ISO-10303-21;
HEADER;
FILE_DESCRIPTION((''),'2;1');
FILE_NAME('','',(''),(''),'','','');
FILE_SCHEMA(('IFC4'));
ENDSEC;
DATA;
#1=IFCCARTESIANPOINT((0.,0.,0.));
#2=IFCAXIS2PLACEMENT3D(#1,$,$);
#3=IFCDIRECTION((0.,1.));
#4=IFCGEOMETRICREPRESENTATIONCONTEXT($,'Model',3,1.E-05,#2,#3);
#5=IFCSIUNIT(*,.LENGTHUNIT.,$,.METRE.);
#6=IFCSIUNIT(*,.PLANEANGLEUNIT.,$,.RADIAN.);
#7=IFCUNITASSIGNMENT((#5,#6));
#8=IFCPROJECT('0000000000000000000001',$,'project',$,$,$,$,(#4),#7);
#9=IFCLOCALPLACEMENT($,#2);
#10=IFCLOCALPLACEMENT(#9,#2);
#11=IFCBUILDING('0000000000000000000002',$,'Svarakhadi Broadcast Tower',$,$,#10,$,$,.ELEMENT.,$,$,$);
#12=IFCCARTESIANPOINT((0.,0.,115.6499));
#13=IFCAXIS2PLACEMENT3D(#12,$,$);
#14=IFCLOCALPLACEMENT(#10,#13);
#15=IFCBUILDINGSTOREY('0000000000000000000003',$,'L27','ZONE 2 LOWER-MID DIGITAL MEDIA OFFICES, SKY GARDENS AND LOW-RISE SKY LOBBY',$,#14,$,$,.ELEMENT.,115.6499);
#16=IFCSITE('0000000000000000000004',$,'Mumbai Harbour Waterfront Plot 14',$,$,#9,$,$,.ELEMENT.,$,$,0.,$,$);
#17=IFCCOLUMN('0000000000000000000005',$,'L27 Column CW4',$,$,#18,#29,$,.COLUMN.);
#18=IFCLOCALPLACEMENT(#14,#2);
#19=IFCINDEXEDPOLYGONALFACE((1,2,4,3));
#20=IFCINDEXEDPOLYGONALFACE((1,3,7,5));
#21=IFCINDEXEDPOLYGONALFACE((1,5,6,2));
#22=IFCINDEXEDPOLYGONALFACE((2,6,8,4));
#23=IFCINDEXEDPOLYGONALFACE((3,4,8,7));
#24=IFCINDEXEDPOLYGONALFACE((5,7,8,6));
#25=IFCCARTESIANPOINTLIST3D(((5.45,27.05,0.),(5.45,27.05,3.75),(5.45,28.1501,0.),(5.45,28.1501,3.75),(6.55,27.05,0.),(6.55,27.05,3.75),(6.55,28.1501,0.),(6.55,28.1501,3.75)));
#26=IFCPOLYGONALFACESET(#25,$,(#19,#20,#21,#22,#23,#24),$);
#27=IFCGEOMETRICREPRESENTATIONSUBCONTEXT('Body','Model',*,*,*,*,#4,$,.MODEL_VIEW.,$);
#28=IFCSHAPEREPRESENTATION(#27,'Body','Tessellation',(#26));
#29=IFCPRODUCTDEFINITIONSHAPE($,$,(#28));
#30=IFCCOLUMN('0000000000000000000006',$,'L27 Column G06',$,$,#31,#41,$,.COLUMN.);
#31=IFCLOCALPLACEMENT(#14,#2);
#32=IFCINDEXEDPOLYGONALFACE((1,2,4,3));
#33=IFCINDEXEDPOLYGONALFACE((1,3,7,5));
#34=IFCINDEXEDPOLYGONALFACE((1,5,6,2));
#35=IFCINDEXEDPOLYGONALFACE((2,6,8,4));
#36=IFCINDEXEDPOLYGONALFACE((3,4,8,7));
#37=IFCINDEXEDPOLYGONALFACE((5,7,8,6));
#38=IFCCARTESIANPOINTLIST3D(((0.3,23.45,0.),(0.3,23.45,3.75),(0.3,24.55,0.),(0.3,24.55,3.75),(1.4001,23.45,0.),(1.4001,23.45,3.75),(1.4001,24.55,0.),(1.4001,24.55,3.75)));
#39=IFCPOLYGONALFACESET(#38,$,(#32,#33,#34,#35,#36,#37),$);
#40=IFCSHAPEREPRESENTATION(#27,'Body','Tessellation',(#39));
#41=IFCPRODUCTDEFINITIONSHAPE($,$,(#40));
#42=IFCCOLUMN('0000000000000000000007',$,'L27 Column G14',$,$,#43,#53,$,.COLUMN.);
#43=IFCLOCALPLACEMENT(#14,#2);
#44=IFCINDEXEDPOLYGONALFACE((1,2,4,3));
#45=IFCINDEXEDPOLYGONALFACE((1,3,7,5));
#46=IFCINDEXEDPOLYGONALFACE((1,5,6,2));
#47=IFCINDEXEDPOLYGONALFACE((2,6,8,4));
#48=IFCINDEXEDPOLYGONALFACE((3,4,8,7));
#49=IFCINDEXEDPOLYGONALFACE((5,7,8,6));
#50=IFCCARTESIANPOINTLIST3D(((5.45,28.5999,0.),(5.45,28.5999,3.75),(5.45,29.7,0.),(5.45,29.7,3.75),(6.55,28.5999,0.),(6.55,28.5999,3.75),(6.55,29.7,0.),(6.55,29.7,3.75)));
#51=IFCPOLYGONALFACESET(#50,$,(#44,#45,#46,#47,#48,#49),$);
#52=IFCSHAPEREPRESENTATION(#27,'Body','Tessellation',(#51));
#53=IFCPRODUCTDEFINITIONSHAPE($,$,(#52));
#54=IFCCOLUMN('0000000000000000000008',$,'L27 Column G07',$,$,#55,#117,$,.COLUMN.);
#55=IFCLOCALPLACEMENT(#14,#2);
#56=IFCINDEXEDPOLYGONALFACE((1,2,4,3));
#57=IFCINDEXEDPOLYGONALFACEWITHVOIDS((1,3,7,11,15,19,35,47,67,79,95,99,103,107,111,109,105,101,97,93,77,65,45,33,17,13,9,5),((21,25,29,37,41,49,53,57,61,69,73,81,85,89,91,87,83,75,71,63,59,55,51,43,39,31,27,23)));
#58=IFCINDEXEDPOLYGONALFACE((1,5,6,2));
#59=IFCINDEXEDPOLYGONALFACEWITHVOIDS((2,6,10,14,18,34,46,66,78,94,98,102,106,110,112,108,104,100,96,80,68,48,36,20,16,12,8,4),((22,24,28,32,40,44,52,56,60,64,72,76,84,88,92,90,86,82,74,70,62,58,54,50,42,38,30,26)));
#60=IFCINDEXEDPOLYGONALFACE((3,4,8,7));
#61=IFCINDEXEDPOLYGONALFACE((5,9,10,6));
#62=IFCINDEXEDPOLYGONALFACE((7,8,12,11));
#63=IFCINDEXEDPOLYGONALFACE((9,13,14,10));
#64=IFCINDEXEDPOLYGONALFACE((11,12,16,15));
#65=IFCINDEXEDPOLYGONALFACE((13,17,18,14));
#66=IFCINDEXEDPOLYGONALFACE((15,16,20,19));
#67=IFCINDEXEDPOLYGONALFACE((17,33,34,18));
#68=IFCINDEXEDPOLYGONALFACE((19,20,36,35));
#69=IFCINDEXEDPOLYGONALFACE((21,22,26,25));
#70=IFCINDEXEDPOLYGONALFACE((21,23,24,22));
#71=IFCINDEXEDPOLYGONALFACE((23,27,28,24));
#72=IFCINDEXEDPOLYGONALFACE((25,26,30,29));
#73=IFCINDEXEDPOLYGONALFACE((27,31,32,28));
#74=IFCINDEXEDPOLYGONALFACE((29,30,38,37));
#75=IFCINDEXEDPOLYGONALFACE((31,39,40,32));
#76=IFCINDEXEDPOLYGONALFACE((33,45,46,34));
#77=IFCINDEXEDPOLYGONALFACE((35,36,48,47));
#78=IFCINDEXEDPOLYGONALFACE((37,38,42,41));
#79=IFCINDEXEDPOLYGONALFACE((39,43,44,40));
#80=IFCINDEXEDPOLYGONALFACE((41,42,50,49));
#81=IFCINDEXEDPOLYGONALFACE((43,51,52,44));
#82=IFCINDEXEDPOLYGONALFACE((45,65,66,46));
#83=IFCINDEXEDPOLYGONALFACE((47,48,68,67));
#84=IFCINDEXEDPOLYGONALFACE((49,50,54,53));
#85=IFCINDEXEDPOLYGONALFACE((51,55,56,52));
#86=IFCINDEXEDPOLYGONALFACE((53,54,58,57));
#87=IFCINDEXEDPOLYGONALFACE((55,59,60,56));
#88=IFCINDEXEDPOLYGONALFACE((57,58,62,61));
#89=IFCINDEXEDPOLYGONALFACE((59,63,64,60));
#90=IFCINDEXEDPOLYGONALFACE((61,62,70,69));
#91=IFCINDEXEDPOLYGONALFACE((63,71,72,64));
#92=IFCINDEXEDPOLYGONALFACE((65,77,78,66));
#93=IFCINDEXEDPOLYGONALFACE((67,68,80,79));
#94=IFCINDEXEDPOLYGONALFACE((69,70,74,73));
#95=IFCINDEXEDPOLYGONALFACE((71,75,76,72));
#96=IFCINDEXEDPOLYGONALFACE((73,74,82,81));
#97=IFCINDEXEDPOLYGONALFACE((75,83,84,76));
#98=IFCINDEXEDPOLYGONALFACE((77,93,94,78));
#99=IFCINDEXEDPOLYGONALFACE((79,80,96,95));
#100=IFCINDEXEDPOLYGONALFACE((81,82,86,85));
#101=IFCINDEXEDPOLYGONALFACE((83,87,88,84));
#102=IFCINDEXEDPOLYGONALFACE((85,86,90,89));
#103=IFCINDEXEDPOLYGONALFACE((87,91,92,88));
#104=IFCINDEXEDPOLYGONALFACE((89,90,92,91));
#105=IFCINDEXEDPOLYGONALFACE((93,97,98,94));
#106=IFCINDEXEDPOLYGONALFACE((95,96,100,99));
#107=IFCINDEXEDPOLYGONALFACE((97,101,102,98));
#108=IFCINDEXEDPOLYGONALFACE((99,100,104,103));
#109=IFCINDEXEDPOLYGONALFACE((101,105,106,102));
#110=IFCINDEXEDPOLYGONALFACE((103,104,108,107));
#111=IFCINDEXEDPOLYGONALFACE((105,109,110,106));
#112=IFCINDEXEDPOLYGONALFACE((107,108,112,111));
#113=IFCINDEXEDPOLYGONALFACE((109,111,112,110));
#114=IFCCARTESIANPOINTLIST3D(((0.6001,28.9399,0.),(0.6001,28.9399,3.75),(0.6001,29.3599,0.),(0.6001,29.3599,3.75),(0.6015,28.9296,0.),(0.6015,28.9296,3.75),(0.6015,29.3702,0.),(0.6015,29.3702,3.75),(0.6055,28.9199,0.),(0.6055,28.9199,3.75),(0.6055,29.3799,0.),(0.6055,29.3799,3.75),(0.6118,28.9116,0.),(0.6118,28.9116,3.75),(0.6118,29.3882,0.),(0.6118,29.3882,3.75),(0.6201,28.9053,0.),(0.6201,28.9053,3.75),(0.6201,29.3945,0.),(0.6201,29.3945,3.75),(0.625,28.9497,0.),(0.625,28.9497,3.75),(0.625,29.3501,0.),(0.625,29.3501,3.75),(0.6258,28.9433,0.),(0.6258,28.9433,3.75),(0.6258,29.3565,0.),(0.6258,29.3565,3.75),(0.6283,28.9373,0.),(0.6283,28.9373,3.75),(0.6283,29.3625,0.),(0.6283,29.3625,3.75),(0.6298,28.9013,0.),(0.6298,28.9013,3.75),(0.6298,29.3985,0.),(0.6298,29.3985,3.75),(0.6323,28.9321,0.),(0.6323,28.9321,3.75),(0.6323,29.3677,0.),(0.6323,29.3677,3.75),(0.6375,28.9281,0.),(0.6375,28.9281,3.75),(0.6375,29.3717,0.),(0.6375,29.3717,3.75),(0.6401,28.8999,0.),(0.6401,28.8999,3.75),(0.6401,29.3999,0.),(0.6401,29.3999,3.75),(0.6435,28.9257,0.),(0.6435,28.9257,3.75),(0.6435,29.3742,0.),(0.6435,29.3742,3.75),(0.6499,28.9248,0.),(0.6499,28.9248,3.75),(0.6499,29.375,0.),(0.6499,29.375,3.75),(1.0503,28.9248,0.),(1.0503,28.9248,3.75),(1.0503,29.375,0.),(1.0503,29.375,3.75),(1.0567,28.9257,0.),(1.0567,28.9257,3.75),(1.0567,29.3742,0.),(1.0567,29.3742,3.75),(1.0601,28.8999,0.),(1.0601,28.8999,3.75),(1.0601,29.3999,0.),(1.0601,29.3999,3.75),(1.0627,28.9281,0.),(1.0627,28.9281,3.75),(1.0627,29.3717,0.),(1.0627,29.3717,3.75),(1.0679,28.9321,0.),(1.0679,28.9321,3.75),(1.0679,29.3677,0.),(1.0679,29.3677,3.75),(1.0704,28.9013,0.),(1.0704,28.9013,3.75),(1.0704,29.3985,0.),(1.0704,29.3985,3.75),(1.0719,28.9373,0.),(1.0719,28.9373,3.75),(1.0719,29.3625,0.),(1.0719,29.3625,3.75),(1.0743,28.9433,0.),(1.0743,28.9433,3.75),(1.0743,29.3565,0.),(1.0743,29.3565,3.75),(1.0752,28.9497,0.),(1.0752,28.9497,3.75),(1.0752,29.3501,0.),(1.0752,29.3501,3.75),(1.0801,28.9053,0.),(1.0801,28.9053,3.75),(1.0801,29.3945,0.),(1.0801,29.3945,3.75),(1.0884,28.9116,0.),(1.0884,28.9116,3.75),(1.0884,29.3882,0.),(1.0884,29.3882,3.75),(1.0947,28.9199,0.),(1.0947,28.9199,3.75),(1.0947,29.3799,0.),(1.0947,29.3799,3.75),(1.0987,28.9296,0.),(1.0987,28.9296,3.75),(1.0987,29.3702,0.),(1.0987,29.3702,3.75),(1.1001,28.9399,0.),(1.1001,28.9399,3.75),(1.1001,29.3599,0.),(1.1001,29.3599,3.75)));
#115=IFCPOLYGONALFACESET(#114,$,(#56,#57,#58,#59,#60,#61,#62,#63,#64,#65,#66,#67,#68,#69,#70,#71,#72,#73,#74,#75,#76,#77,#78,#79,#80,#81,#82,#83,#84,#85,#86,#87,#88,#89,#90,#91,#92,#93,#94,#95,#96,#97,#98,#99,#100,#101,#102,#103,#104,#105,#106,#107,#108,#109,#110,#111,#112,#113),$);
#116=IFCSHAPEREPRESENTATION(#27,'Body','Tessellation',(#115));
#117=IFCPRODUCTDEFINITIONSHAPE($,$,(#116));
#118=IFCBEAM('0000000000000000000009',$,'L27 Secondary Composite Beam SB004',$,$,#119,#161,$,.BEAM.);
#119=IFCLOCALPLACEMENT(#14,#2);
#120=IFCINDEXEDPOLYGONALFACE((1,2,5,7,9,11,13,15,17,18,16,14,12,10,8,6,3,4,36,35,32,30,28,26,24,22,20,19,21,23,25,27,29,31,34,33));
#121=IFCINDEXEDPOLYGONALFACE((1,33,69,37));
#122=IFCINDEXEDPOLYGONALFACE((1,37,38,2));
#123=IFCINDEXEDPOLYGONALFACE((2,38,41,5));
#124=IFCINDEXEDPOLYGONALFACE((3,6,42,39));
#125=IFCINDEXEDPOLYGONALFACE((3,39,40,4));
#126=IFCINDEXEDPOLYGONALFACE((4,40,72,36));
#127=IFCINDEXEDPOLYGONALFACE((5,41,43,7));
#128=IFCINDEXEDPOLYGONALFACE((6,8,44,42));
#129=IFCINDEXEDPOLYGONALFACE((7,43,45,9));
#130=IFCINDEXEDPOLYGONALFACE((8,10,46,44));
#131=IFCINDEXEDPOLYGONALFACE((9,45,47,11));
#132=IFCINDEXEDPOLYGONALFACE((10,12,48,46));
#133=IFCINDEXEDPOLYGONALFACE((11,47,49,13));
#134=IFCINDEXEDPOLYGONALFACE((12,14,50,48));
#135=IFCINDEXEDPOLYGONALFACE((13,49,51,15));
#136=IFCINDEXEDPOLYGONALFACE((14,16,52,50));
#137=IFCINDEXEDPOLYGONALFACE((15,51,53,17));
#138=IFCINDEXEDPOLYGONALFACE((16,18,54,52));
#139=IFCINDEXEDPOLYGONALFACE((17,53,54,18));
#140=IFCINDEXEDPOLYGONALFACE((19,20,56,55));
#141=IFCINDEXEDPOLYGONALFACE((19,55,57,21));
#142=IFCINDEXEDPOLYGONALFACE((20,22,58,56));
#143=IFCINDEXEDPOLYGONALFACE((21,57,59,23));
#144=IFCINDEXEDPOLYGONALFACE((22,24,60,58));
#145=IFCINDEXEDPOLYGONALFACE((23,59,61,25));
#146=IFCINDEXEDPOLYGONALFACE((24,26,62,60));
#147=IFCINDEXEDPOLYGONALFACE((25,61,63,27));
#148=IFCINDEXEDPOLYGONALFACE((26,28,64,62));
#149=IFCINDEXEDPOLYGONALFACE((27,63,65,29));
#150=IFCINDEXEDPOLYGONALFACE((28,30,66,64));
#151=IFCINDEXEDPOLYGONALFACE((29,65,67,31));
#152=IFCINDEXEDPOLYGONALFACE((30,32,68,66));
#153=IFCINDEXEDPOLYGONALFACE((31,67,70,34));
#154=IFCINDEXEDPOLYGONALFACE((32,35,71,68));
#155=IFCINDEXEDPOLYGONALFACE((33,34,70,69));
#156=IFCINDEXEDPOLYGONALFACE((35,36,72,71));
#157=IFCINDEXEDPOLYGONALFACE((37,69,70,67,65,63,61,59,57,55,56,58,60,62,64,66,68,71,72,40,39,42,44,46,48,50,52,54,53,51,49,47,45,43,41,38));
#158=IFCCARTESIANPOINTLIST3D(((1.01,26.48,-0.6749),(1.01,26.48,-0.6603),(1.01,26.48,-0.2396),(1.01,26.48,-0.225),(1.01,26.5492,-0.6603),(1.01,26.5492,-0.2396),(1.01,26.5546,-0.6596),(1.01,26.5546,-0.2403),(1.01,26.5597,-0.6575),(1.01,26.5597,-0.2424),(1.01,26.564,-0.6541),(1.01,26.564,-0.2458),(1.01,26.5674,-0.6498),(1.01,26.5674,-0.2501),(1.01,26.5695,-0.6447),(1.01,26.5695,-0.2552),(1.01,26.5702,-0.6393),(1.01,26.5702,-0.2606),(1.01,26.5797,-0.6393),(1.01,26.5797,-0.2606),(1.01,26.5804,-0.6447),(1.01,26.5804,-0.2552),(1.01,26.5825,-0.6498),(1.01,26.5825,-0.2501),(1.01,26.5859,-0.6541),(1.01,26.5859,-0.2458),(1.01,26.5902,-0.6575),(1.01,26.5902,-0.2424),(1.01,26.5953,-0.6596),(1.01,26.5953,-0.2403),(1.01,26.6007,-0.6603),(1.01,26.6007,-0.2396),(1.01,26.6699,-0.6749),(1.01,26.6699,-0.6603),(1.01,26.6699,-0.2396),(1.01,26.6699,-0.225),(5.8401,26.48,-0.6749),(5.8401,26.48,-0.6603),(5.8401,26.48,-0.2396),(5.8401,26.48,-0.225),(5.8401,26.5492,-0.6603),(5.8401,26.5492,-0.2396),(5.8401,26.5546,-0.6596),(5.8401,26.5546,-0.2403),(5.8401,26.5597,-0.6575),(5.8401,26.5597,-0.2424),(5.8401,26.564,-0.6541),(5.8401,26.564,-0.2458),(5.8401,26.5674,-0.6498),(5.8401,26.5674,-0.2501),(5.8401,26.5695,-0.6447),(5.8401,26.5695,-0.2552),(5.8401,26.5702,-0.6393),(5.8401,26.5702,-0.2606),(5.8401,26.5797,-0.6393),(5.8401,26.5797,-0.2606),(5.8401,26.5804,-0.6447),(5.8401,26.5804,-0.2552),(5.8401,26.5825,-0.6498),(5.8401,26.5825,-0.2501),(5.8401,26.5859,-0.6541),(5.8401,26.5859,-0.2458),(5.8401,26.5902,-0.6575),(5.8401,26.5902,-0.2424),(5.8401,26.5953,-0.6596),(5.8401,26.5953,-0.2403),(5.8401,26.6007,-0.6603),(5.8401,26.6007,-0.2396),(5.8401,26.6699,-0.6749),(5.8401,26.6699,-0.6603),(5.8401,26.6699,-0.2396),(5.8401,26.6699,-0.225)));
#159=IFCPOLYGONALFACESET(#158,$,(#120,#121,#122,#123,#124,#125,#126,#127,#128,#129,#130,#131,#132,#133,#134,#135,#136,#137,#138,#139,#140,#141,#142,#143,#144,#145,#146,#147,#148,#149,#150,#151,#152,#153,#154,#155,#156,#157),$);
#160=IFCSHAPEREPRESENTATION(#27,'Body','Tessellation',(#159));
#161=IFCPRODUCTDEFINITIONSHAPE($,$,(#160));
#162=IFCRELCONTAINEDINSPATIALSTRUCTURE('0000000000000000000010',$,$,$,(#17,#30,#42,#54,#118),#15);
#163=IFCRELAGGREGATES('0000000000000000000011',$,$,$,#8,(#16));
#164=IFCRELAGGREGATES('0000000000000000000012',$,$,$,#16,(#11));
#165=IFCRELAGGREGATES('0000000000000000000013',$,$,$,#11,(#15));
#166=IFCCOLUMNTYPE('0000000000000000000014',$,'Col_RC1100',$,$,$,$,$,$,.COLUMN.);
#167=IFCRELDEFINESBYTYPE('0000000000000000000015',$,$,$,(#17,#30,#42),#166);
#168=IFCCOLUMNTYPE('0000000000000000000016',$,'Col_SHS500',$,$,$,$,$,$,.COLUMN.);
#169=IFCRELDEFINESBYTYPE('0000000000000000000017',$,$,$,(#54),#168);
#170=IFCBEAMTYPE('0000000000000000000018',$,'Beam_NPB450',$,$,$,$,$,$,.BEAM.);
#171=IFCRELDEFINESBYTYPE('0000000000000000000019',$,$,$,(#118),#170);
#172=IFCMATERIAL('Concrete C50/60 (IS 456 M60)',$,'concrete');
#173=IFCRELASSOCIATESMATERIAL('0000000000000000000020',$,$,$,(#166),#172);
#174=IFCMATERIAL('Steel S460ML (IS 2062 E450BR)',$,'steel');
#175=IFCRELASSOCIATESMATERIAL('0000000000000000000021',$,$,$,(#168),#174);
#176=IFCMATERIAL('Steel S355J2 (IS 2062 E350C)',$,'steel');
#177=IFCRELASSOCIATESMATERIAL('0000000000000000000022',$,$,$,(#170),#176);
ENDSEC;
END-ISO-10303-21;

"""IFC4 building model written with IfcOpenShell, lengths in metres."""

from ifc_helpers import new_model, si_unit, direction, frame, origin, origin_2d, place, context, subcontext, project, spatial, rectangle, hollow_rectangle, i_section, extrude, material, material_profile, profile_set, type_object, element, save


model = new_model("IFC4")

# Units and contexts
model_context = context("Model", 3, precision=1e-05, world=origin(), true_north=direction((0.0, 1.0)))
body_context = subcontext(model_context, "Body", "Model", "MODEL_VIEW")
ifc_project = project(units=[si_unit("LENGTHUNIT", "METRE"), si_unit("PLANEANGLEUNIT", "RADIAN")], contexts=[model_context])

# Site, building, storey
site_placement = place(None, origin())
site = spatial("IfcSite", under=ifc_project, at=site_placement, Name="Mumbai Harbour Waterfront Plot 14", CompositionType="ELEMENT", RefElevation=0.0)
building_placement = place(site_placement, origin())
building = spatial("IfcBuilding", under=site, at=building_placement, Name="Svarakhadi Broadcast Tower", CompositionType="ELEMENT")
storey_placement = place(building_placement, frame((0.0, 0.0, 115.6499)))
storey = spatial("IfcBuildingStorey", under=building, at=storey_placement, Name="L27", Description="ZONE 2 LOWER-MID DIGITAL MEDIA OFFICES, SKY GARDENS AND LOW-RISE SKY LOBBY", CompositionType="ELEMENT", Elevation=115.6499)

# Columns
ifc_material_1 = material(Name="Concrete C50/60 (IS 456 M60)", Category="concrete")
ifc_material_profile_1 = material_profile(ifc_material_1, rectangle(XDim=1.1001, YDim=1.1001, at=origin_2d()), Name="RC 1100x1100")
ifc_profile_set_1 = profile_set([ifc_material_profile_1], Name="Concrete C50/60 (IS 456 M60)")
column_type_1 = type_object("IfcColumnType", Name="Col_RC1100", PredefinedType="COLUMN", material=ifc_profile_set_1)
for number, where, z_axis, x_axis, name in (
    (1, (6.0, 27.6001, 0.0), (0.0, 0.0, 1.0), (1.0, 0.0, 0.0), "L27 Column CW4"),
    (2, (0.8501, 24.0, 0.0), (0.0, 0.0, 1.0), (1.0, 0.0, 0.0), "L27 Column G06"),
    (3, (6.0, 29.1499, 0.0), (0.0, 0.0, 1.0), (1.0, 0.0, 0.0), "L27 Column G14"),
):
    element("IfcColumn", number, at=place(storey_placement, frame(where, z_axis=z_axis, x_axis=x_axis)), inside=storey, type_object=column_type_1, Name=name, PredefinedType="COLUMN", context=body_context, shape_type="SweptSolid", body=[
        extrude(rectangle(XDim=1.1001, YDim=1.1001, at=origin_2d()), origin(), (0.0, 0.0, 1.0), 3.75),
    ])
ifc_material_2 = material(Name="Steel S460ML (IS 2062 E450BR)", Category="steel")
ifc_material_profile_2 = material_profile(ifc_material_2, hollow_rectangle(XDim=0.5, YDim=0.5, WallThickness=0.0249, InnerFilletRadius=0.0249, OuterFilletRadius=0.04, at=origin_2d()), Name="SHS 500x500x25")
ifc_profile_set_2 = profile_set([ifc_material_profile_2], Name="Steel S460ML (IS 2062 E450BR)")
column_type_2 = type_object("IfcColumnType", Name="Col_SHS500", PredefinedType="COLUMN", material=ifc_profile_set_2)
column_placement = place(storey_placement, frame((0.8501, 29.1499, 0.0), z_axis=(0.0, 0.0, 1.0), x_axis=(1.0, 0.0, 0.0)))
element("IfcColumn", 4, at=column_placement, inside=storey, type_object=column_type_2, Name="L27 Column G07", PredefinedType="COLUMN", context=body_context, shape_type="SweptSolid", body=[
    extrude(hollow_rectangle(XDim=0.5, YDim=0.5, WallThickness=0.0249, InnerFilletRadius=0.0249, OuterFilletRadius=0.04, at=origin_2d()), origin(), (0.0, 0.0, 1.0), 3.75),
])

# Beam
ifc_material_3 = material(Name="Steel S355J2 (IS 2062 E350C)", Category="steel")
ifc_material_profile_3 = material_profile(ifc_material_3, i_section(OverallWidth=0.1899, OverallDepth=0.45, WebThickness=0.0095, FlangeThickness=0.0146, FilletRadius=0.021, at=origin_2d()), Name="NPB 450x190x78")
ifc_profile_set_3 = profile_set([ifc_material_profile_3], Name="Steel S355J2 (IS 2062 E350C)")
beam_type_1 = type_object("IfcBeamType", Name="Beam_NPB450", PredefinedType="BEAM", material=ifc_profile_set_3)
for number, where, z_axis, x_axis, name in (
    (5, (1.01, 26.575, -0.45), (1.0, 0.0, 0.0), (0.0, 1.0, 0.0), "L27 Secondary Composite Beam SB004"),
):
    element("IfcBeam", number, at=place(storey_placement, frame(where, z_axis=z_axis, x_axis=x_axis)), inside=storey, type_object=beam_type_1, Name=name, PredefinedType="BEAM", context=body_context, shape_type="SweptSolid", body=[
        extrude(i_section(OverallWidth=0.1899, OverallDepth=0.45, WebThickness=0.0095, FlangeThickness=0.0146, FilletRadius=0.021, at=origin_2d()), origin(), (0.0, 0.0, 1.0), 4.8301),
    ])

save(model, "model.ifc")
